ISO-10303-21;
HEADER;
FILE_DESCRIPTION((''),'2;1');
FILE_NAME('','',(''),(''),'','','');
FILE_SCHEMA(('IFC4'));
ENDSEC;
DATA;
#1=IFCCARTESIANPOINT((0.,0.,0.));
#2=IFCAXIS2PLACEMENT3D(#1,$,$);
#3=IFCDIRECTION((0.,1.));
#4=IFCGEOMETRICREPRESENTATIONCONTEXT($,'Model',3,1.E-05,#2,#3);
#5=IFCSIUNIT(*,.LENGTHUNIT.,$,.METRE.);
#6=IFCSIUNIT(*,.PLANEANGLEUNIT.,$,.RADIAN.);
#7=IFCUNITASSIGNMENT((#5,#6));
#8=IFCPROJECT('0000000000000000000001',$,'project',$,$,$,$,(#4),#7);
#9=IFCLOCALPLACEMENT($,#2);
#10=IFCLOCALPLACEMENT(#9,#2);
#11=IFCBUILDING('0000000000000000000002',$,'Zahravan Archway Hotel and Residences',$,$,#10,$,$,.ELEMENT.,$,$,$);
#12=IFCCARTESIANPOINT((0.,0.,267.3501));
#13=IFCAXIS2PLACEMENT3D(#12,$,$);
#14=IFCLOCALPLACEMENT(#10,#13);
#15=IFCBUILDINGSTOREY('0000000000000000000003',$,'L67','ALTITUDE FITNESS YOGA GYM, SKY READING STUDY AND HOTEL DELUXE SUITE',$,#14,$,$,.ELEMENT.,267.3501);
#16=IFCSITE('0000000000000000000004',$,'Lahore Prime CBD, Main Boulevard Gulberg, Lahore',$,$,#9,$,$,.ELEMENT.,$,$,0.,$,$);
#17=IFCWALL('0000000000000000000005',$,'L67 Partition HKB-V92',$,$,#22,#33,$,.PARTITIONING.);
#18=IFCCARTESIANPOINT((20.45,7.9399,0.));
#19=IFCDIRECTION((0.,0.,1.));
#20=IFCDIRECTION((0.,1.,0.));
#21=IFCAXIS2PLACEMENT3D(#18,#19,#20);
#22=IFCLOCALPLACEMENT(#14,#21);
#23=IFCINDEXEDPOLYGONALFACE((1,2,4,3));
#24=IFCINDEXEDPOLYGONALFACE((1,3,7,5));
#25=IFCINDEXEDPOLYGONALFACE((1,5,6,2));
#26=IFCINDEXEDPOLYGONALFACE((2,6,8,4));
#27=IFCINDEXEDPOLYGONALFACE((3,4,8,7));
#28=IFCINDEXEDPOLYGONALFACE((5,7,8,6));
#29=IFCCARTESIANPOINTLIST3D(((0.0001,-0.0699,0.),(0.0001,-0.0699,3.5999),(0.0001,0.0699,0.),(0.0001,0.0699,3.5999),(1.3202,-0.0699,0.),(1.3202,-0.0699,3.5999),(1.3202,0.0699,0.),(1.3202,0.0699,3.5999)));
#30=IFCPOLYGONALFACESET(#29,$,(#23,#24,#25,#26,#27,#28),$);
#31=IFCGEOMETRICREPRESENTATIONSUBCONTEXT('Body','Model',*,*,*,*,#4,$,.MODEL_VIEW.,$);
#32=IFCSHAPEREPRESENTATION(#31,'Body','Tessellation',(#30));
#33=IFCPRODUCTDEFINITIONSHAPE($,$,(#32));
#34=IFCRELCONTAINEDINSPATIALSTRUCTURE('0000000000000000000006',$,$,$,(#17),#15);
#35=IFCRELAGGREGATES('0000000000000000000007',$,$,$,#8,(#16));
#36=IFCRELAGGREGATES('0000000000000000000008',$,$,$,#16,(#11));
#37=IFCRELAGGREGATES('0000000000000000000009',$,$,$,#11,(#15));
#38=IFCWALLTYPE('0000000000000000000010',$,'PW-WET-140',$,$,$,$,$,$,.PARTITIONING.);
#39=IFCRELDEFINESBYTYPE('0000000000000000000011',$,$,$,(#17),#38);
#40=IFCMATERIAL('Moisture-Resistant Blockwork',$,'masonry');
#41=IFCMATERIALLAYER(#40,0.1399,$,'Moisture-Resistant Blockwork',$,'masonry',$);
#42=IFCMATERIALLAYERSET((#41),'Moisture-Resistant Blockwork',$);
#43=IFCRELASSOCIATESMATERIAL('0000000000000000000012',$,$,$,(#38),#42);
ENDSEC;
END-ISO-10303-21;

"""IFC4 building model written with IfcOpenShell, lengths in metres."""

from ifc_helpers import new_model, si_unit, direction, frame, frame_2d, origin, place, context, subcontext, project, spatial, rectangle, extrude, material, layer, layer_set, type_object, element, save


model = new_model("IFC4")

# Units and contexts
model_context = context("Model", 3, precision=1e-05, world=origin(), true_north=direction((0.0, 1.0)))
body_context = subcontext(model_context, "Body", "Model", "MODEL_VIEW")
ifc_project = project(units=[si_unit("LENGTHUNIT", "METRE"), si_unit("PLANEANGLEUNIT", "RADIAN")], contexts=[model_context])

# Site, building, storey
site_placement = place(None, origin())
site = spatial("IfcSite", under=ifc_project, at=site_placement, Name="Lahore Prime CBD, Main Boulevard Gulberg, Lahore", CompositionType="ELEMENT", RefElevation=0.0)
building_placement = place(site_placement, origin())
building = spatial("IfcBuilding", under=site, at=building_placement, Name="Zahravan Archway Hotel and Residences", CompositionType="ELEMENT")
storey_placement = place(building_placement, frame((0.0, 0.0, 267.3501)))
storey = spatial("IfcBuildingStorey", under=building, at=storey_placement, Name="L67", Description="ALTITUDE FITNESS YOGA GYM, SKY READING STUDY AND HOTEL DELUXE SUITE", CompositionType="ELEMENT", Elevation=267.3501)

# Wall
ifc_material_1 = material(Name="Moisture-Resistant Blockwork", Category="masonry")
ifc_layer_1 = layer(ifc_material_1, 0.1399, Name="Moisture-Resistant Blockwork", Category="masonry")
ifc_layer_set_1 = layer_set([ifc_layer_1], Name="Moisture-Resistant Blockwork")
wall_type_1 = type_object("IfcWallType", Name="PW-WET-140", PredefinedType="PARTITIONING", material=ifc_layer_set_1)
wall_1_placement = place(storey_placement, frame((20.45, 7.9399, 0.0), z_axis=(0.0, 0.0, 1.0), x_axis=(0.0, 1.0, 0.0)))
element("IfcWall", 1, at=wall_1_placement, inside=storey, type_object=wall_type_1, Name="L67 Partition HKB-V92", PredefinedType="PARTITIONING", context=body_context, shape_type="SweptSolid", body=[
    extrude(rectangle(XDim=1.3201, YDim=0.1399, at=frame_2d((0.6602, 0.0))), origin(), (0.0, 0.0, 1.0), 3.5999),
])

save(model, "model.ifc")
